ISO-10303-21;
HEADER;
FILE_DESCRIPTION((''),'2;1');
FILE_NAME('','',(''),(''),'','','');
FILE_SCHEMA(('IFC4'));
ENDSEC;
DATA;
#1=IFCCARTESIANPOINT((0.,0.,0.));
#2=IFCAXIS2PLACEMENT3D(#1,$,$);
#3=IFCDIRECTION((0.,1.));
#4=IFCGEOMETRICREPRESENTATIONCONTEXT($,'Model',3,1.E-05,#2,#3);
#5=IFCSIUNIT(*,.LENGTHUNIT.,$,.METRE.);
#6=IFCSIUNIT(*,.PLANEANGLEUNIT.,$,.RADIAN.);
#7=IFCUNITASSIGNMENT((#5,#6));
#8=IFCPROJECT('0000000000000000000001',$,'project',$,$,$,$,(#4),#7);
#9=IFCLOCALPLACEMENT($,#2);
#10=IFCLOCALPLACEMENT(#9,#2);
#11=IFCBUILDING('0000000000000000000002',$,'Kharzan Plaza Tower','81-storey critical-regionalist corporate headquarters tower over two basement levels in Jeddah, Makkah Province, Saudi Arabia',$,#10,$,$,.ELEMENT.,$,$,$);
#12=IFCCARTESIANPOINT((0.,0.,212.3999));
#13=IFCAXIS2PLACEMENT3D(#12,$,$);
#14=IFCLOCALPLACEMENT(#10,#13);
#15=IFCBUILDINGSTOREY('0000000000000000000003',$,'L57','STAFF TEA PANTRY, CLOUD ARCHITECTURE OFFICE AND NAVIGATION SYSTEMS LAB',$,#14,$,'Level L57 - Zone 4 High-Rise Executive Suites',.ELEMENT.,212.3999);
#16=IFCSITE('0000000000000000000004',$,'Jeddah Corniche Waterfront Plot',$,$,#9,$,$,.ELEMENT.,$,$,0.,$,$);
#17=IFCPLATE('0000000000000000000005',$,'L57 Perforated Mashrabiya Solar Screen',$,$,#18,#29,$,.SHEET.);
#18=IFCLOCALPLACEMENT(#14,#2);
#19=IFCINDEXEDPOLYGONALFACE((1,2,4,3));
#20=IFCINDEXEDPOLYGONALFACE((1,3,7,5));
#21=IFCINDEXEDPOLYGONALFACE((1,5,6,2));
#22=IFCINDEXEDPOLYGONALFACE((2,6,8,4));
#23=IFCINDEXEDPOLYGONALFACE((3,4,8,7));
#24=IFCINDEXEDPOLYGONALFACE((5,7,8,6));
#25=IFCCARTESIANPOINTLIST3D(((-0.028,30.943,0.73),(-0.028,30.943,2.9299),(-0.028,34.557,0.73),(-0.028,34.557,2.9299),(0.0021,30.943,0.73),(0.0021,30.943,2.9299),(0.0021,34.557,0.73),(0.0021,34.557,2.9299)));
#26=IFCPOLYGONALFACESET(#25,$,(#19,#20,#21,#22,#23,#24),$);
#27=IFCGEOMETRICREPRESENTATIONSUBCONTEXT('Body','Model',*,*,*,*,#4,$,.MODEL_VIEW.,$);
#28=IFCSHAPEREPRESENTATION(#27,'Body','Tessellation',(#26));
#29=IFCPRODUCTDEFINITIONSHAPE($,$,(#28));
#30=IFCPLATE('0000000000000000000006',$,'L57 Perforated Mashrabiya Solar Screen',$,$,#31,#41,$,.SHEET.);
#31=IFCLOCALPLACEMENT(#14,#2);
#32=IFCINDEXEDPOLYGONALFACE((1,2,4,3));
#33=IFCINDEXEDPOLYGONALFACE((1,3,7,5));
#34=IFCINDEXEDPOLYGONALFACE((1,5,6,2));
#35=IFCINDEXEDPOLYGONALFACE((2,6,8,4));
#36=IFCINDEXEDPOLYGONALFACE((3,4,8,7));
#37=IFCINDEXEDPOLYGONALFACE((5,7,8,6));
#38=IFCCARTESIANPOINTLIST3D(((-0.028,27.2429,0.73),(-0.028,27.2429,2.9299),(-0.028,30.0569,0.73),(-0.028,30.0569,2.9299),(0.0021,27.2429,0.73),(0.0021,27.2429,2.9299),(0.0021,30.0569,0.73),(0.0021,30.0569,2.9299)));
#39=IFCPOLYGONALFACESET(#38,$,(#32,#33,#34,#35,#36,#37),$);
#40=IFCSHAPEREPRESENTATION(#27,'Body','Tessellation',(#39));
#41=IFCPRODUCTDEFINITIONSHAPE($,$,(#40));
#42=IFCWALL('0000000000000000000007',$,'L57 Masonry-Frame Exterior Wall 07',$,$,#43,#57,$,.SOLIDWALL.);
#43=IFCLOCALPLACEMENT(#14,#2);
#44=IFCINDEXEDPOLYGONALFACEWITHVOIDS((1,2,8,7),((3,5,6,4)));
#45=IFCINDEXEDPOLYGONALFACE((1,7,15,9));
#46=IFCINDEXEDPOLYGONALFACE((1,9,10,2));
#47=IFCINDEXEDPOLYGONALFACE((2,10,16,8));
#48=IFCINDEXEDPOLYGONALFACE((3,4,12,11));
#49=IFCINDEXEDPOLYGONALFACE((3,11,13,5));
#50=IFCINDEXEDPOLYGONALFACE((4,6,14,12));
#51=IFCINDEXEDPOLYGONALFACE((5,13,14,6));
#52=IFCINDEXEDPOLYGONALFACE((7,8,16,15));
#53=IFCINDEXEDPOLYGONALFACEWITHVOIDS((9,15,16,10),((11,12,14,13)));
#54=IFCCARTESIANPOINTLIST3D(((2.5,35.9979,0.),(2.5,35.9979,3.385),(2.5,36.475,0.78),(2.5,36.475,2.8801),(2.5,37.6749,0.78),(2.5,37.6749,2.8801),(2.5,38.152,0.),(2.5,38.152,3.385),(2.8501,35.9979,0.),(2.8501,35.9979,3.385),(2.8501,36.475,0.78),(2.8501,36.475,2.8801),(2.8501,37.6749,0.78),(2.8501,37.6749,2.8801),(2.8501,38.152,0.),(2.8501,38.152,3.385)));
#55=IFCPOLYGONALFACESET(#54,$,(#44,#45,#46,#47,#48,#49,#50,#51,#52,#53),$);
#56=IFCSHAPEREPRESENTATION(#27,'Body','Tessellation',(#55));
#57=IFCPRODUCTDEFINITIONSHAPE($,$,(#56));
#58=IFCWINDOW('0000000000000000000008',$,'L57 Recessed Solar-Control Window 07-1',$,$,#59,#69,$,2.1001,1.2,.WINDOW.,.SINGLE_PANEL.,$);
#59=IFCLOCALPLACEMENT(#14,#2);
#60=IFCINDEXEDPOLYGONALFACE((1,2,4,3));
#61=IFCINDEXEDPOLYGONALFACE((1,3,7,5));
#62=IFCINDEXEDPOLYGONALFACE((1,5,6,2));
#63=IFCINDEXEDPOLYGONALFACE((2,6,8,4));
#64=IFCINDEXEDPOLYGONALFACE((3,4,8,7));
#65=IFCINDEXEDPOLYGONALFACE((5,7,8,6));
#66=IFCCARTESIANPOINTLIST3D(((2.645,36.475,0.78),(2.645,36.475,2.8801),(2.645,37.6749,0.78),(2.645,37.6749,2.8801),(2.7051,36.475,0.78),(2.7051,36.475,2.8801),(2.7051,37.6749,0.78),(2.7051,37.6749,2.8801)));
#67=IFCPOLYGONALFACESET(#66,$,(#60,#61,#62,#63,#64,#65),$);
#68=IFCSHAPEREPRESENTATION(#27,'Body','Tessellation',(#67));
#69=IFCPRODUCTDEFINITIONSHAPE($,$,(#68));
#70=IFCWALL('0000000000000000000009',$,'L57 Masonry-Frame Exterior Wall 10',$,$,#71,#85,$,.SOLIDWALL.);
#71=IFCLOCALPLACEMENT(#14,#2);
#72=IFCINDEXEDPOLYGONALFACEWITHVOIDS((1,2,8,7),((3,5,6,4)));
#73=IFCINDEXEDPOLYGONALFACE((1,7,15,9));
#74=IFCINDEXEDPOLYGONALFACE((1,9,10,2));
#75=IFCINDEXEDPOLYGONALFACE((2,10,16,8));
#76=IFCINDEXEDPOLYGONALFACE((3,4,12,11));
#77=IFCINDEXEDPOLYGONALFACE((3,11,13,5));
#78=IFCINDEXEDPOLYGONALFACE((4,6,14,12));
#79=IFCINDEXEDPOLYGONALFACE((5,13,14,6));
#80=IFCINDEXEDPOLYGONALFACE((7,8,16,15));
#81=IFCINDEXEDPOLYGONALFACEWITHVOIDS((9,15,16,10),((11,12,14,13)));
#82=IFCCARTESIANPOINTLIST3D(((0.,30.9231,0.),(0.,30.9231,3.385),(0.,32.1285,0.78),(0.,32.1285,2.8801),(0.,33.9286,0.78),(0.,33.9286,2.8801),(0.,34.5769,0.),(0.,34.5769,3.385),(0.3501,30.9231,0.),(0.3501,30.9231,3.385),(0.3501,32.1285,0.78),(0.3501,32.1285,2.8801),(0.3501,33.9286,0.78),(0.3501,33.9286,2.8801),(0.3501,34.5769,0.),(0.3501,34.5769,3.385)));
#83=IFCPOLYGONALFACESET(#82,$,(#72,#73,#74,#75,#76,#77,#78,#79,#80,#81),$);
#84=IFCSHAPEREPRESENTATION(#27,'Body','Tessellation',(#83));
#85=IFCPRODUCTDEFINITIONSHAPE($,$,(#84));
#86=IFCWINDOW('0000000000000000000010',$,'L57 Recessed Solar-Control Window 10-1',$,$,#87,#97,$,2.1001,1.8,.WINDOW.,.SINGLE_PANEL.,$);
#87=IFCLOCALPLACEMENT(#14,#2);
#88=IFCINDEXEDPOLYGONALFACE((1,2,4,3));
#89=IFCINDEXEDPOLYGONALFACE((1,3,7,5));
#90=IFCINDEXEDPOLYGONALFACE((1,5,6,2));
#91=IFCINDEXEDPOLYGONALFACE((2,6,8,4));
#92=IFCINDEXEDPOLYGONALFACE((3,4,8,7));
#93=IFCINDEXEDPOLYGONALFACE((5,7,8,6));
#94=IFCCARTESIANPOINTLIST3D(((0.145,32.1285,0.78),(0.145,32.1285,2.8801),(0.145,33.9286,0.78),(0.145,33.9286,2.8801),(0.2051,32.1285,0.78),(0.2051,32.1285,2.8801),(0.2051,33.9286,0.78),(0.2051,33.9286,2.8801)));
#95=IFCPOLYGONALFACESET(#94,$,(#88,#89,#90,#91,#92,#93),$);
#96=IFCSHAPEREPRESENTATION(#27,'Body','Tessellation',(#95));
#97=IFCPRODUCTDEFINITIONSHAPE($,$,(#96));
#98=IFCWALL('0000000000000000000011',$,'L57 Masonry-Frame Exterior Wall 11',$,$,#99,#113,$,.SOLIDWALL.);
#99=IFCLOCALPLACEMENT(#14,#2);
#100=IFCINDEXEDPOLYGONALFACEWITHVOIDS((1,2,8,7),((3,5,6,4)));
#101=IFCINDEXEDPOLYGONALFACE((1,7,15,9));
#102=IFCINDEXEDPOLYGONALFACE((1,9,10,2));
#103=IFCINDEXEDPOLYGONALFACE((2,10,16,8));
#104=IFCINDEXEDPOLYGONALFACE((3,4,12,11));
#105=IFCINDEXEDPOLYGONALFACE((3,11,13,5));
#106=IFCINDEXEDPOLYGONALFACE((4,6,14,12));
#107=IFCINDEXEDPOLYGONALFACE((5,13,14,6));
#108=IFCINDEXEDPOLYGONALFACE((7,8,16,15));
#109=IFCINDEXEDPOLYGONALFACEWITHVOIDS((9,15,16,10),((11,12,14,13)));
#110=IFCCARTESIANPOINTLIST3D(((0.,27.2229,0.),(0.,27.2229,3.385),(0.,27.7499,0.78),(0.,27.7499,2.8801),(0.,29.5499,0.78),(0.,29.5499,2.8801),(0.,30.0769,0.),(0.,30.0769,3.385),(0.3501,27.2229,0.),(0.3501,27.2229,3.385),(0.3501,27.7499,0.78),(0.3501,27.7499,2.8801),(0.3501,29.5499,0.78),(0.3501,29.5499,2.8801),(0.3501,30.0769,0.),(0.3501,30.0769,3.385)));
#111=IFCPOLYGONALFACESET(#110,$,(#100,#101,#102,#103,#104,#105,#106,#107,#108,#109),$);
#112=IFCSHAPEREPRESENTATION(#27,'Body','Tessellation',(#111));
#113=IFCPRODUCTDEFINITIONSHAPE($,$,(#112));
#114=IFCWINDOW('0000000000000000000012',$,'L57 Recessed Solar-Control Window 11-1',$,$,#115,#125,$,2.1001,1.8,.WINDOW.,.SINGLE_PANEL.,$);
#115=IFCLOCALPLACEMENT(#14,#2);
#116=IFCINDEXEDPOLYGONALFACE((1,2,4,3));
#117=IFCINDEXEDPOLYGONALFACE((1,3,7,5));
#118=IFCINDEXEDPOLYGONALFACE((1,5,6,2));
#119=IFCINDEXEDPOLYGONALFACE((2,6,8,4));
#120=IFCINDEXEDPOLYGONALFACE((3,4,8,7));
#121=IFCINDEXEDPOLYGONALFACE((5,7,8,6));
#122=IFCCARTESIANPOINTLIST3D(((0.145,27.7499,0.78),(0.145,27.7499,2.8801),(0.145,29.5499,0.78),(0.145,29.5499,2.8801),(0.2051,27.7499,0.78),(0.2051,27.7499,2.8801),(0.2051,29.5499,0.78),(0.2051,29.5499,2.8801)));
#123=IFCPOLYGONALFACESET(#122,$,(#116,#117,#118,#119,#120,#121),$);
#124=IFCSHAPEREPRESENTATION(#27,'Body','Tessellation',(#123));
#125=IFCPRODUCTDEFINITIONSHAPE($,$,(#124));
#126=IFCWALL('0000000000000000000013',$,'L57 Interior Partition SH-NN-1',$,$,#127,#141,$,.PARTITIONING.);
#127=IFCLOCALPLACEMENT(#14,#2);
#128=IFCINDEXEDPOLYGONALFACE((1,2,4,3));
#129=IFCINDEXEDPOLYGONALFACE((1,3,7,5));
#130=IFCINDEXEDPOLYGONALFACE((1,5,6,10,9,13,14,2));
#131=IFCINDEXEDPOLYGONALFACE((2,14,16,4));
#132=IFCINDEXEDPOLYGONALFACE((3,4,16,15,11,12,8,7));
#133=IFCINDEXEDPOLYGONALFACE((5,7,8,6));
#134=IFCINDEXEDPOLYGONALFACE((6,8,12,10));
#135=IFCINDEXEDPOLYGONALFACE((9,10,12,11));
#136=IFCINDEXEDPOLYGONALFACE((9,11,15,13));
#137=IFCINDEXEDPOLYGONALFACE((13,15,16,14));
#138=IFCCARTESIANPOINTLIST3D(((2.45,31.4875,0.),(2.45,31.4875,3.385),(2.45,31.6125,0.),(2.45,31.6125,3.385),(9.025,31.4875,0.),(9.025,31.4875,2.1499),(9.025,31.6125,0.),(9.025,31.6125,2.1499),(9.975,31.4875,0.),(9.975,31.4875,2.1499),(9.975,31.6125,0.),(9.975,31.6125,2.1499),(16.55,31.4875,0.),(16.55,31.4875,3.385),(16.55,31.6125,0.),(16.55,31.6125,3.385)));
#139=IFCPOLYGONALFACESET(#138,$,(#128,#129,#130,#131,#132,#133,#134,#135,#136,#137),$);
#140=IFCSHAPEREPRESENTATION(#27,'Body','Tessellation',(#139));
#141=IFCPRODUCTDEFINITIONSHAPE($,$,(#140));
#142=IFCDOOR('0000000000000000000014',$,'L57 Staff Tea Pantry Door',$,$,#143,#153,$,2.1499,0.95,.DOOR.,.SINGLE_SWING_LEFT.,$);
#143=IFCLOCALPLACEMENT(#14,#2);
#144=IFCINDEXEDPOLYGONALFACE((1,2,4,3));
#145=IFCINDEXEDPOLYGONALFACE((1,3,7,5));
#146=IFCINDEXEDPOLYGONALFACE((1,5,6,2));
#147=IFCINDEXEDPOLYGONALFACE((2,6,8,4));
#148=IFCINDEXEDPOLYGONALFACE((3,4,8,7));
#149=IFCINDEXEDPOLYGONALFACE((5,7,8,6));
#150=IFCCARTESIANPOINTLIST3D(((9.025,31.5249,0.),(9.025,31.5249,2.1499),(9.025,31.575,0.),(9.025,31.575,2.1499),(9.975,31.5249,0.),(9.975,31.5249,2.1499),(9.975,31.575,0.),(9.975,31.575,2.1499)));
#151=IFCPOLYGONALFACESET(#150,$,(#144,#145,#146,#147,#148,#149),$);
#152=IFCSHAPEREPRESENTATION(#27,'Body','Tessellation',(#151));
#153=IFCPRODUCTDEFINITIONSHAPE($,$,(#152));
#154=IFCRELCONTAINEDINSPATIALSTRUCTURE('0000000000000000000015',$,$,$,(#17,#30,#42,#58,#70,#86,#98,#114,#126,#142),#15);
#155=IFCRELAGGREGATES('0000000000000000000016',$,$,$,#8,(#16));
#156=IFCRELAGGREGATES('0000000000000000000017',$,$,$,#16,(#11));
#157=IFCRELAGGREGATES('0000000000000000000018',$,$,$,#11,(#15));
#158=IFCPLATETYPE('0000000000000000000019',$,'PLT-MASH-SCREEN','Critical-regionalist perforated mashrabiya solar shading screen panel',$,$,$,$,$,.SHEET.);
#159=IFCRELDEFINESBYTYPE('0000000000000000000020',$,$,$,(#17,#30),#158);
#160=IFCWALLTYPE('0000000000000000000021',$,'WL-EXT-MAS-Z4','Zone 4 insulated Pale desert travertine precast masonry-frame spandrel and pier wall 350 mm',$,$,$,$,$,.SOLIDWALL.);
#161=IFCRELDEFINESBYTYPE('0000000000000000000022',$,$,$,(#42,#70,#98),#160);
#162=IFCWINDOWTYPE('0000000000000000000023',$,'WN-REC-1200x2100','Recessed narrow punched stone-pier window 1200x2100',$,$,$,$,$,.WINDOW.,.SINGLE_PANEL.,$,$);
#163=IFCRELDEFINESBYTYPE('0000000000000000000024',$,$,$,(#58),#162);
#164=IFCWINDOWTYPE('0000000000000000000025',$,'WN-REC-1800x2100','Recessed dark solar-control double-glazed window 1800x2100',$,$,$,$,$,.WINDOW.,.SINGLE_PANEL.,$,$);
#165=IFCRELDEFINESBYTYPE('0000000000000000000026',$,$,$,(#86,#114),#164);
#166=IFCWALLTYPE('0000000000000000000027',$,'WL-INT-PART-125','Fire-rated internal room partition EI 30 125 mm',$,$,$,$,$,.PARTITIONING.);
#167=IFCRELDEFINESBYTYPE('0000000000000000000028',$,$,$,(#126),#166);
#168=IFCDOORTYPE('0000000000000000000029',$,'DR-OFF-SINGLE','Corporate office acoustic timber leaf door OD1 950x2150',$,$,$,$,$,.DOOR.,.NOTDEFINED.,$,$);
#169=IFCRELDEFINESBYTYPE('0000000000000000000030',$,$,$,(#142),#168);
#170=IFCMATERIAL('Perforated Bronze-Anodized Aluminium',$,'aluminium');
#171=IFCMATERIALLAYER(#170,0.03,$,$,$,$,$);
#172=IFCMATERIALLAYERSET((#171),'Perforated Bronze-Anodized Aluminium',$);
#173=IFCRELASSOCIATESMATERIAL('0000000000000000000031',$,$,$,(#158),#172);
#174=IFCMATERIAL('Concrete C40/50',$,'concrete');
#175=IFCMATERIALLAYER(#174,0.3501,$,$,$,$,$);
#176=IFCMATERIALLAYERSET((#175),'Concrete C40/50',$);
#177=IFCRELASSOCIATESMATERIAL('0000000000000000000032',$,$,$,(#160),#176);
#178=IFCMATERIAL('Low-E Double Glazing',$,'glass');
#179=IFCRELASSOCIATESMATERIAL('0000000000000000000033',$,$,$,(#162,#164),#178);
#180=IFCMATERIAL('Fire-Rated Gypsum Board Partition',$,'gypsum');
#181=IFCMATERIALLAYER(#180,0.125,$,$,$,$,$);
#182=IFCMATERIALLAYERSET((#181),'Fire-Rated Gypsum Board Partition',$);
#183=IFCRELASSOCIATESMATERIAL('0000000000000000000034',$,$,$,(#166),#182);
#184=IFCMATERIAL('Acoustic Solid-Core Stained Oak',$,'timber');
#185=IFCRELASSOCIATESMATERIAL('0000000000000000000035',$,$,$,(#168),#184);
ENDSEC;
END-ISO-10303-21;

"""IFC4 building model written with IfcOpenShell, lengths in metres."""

from ifc_helpers import new_model, si_unit, direction, frame, frame_2d, origin, origin_2d, place, context, subcontext, project, spatial, rectangle, extrude, source, transform, mapped, material, layer, layer_set, type_object, element, fill, save


model = new_model("IFC4")

# Units and contexts
model_context = context("Model", 3, precision=1e-05, world=origin(), true_north=direction((0.0, 1.0)))
body_context = subcontext(model_context, "Body", "Model", "MODEL_VIEW")
ifc_project = project(units=[si_unit("LENGTHUNIT", "METRE"), si_unit("PLANEANGLEUNIT", "RADIAN")], contexts=[model_context])

# Site, building, storey
site_placement = place(None, origin())
site = spatial("IfcSite", under=ifc_project, at=site_placement, Name="Jeddah Corniche Waterfront Plot", CompositionType="ELEMENT", RefElevation=0.0)
building_placement = place(site_placement, origin())
building = spatial("IfcBuilding", under=site, at=building_placement, Name="Kharzan Plaza Tower", Description="81-storey critical-regionalist corporate headquarters tower over two basement levels in Jeddah, Makkah Province, Saudi Arabia", CompositionType="ELEMENT")
storey_placement = place(building_placement, frame((0.0, 0.0, 212.3999)))
storey = spatial("IfcBuildingStorey", under=building, at=storey_placement, Name="L57", Description="STAFF TEA PANTRY, CLOUD ARCHITECTURE OFFICE AND NAVIGATION SYSTEMS LAB", LongName="Level L57 - Zone 4 High-Rise Executive Suites", CompositionType="ELEMENT", Elevation=212.3999)

# Plates
ifc_material_1 = material(Name="Perforated Bronze-Anodized Aluminium", Category="aluminium")
ifc_layer_1 = layer(ifc_material_1, 0.03)
ifc_layer_set_1 = layer_set([ifc_layer_1], Name="Perforated Bronze-Anodized Aluminium")
plate_type = type_object("IfcPlateType", Name="PLT-MASH-SCREEN", Description="Critical-regionalist perforated mashrabiya solar shading screen panel", PredefinedType="SHEET", material=ifc_layer_set_1)
shared_shape_1 = source(origin(), body_context, "Body", "SweptSolid", [
    extrude(rectangle(XDim=3.614, YDim=0.03, at=origin_2d()), origin(), (0.0, 0.0, 1.0), 2.2),
])
plate_1_placement = place(storey_placement, frame((-0.0129, 32.75, 0.73), z_axis=(0.0, 0.0, 1.0), x_axis=(0.0, -1.0, 0.0)))
element("IfcPlate", 1, at=plate_1_placement, inside=storey, type_object=plate_type, Name="L57 Perforated Mashrabiya Solar Screen", PredefinedType="SHEET", context=body_context, shape_type="MappedRepresentation", body=[
    mapped(shared_shape_1, transform((0.0, 0.0, 0.0), x_axis=(1.0, 0.0, 0.0), y_axis=(0.0, 1.0, 0.0), z_axis=(0.0, 0.0, 1.0))),
])
shared_shape_2 = source(origin(), body_context, "Body", "SweptSolid", [
    extrude(rectangle(XDim=2.814, YDim=0.03, at=origin_2d()), origin(), (0.0, 0.0, 1.0), 2.2),
])
plate_2_placement = place(storey_placement, frame((-0.0129, 28.6499, 0.73), z_axis=(0.0, 0.0, 1.0), x_axis=(0.0, -1.0, 0.0)))
element("IfcPlate", 2, at=plate_2_placement, inside=storey, type_object=plate_type, Name="L57 Perforated Mashrabiya Solar Screen", PredefinedType="SHEET", context=body_context, shape_type="MappedRepresentation", body=[
    mapped(shared_shape_2, transform((0.0, 0.0, 0.0), x_axis=(1.0, 0.0, 0.0), y_axis=(0.0, 1.0, 0.0), z_axis=(0.0, 0.0, 1.0))),
])

# Walls, openings, windows
ifc_material_2 = material(Name="Concrete C40/50", Category="concrete")
ifc_layer_2 = layer(ifc_material_2, 0.3501)
ifc_layer_set_2 = layer_set([ifc_layer_2], Name="Concrete C40/50")
wall_type_1 = type_object("IfcWallType", Name="WL-EXT-MAS-Z4", Description="Zone 4 insulated Pale desert travertine precast masonry-frame spandrel and pier wall 350 mm", PredefinedType="SOLIDWALL", material=ifc_layer_set_2)
wall_1_placement = place(storey_placement, frame((2.675, 38.1521, 0.0), z_axis=(0.0, 0.0, 1.0), x_axis=(0.0, -1.0, 0.0)))
wall_1 = element("IfcWall", 3, at=wall_1_placement, inside=storey, type_object=wall_type_1, Name="L57 Masonry-Frame Exterior Wall 07", PredefinedType="SOLIDWALL", context=body_context, shape_type="SweptSolid", body=[
    extrude(rectangle(XDim=2.1541, YDim=0.3501, at=frame_2d((1.0771, 0.0))), origin(), (0.0, 0.0, 1.0), 3.385),
])
opening_1_placement = place(wall_1_placement, frame((0.4771, 0.0, 0.78)))
opening_1 = element("IfcOpeningElement", 4, at=opening_1_placement, cuts=wall_1, PredefinedType="OPENING", context=body_context, shape_type="SweptSolid", body=[
    extrude(rectangle(XDim=1.2, YDim=2.1001, at=frame_2d((0.6001, 1.05))), frame((0.0, 0.1851, 0.0), z_axis=(0.0, -1.0, 0.0), x_axis=(1.0, 0.0, 0.0)), (0.0, 0.0, 1.0), 0.3701),
])
ifc_material_3 = material(Name="Low-E Double Glazing", Category="glass")
window_type_1 = type_object("IfcWindowType", Name="WN-REC-1200x2100", Description="Recessed narrow punched stone-pier window 1200x2100", PartitioningType="SINGLE_PANEL", PredefinedType="WINDOW", material=ifc_material_3)
shared_shape_3 = source(origin(), body_context, "Body", "SweptSolid", [
    extrude(rectangle(XDim=1.2, YDim=2.1001, at=frame_2d((0.6001, 1.05))), frame((0.0, 0.03, 0.0), z_axis=(0.0, -1.0, 0.0), x_axis=(1.0, 0.0, 0.0)), (0.0, 0.0, 1.0), 0.0601),
])
window_1_placement = place(opening_1_placement, origin())
window_1 = element("IfcWindow", 5, at=window_1_placement, inside=storey, type_object=window_type_1, Name="L57 Recessed Solar-Control Window 07-1", OverallHeight=2.1001, OverallWidth=1.2, PartitioningType="SINGLE_PANEL", PredefinedType="WINDOW", context=body_context, shape_type="MappedRepresentation", body=[
    mapped(shared_shape_3, transform((0.0, 0.0, 0.0), x_axis=(1.0, 0.0, 0.0), y_axis=(0.0, 1.0, 0.0), z_axis=(0.0, 0.0, 1.0))),
])
fill(opening_1, window_1)
wall_2_placement = place(storey_placement, frame((0.175, 34.5769, 0.0), z_axis=(0.0, 0.0, 1.0), x_axis=(0.0, -1.0, 0.0)))
wall_2 = element("IfcWall", 6, at=wall_2_placement, inside=storey, type_object=wall_type_1, Name="L57 Masonry-Frame Exterior Wall 10", PredefinedType="SOLIDWALL", context=body_context, shape_type="SweptSolid", body=[
    extrude(rectangle(XDim=3.6538, YDim=0.3501, at=frame_2d((1.8269, 0.0))), origin(), (0.0, 0.0, 1.0), 3.385),
])
opening_2_placement = place(wall_2_placement, frame((0.6484, 0.0, 0.78)))
opening_2 = element("IfcOpeningElement", 7, at=opening_2_placement, cuts=wall_2, PredefinedType="OPENING", context=body_context, shape_type="SweptSolid", body=[
    extrude(rectangle(XDim=1.8, YDim=2.1001, at=frame_2d((0.8999, 1.05))), frame((0.0, 0.1851, 0.0), z_axis=(0.0, -1.0, 0.0), x_axis=(1.0, 0.0, 0.0)), (0.0, 0.0, 1.0), 0.3701),
])
window_type_2 = type_object("IfcWindowType", Name="WN-REC-1800x2100", Description="Recessed dark solar-control double-glazed window 1800x2100", PartitioningType="SINGLE_PANEL", PredefinedType="WINDOW", material=ifc_material_3)
shared_shape_4 = source(origin(), body_context, "Body", "SweptSolid", [
    extrude(rectangle(XDim=1.8, YDim=2.1001, at=frame_2d((0.8999, 1.05))), frame((0.0, 0.03, 0.0), z_axis=(0.0, -1.0, 0.0), x_axis=(1.0, 0.0, 0.0)), (0.0, 0.0, 1.0), 0.0601),
])
window_2_placement = place(opening_2_placement, origin())
window_2 = element("IfcWindow", 8, at=window_2_placement, inside=storey, type_object=window_type_2, Name="L57 Recessed Solar-Control Window 10-1", OverallHeight=2.1001, OverallWidth=1.8, PartitioningType="SINGLE_PANEL", PredefinedType="WINDOW", context=body_context, shape_type="MappedRepresentation", body=[
    mapped(shared_shape_4, transform((0.0, 0.0, 0.0), x_axis=(1.0, 0.0, 0.0), y_axis=(0.0, 1.0, 0.0), z_axis=(0.0, 0.0, 1.0))),
])
fill(opening_2, window_2)
wall_3_placement = place(storey_placement, frame((0.175, 30.0769, 0.0), z_axis=(0.0, 0.0, 1.0), x_axis=(0.0, -1.0, 0.0)))
wall_3 = element("IfcWall", 9, at=wall_3_placement, inside=storey, type_object=wall_type_1, Name="L57 Masonry-Frame Exterior Wall 11", PredefinedType="SOLIDWALL", context=body_context, shape_type="SweptSolid", body=[
    extrude(rectangle(XDim=2.854, YDim=0.3501, at=frame_2d((1.427, 0.0))), origin(), (0.0, 0.0, 1.0), 3.385),
])
opening_3_placement = place(wall_3_placement, frame((0.5271, 0.0, 0.78)))
opening_3 = element("IfcOpeningElement", 10, at=opening_3_placement, cuts=wall_3, PredefinedType="OPENING", context=body_context, shape_type="SweptSolid", body=[
    extrude(rectangle(XDim=1.8, YDim=2.1001, at=frame_2d((0.8999, 1.05))), frame((0.0, 0.1851, 0.0), z_axis=(0.0, -1.0, 0.0), x_axis=(1.0, 0.0, 0.0)), (0.0, 0.0, 1.0), 0.3701),
])
window_3_placement = place(opening_3_placement, origin())
window_3 = element("IfcWindow", 11, at=window_3_placement, inside=storey, type_object=window_type_2, Name="L57 Recessed Solar-Control Window 11-1", OverallHeight=2.1001, OverallWidth=1.8, PartitioningType="SINGLE_PANEL", PredefinedType="WINDOW", context=body_context, shape_type="MappedRepresentation", body=[
    mapped(shared_shape_4, transform((0.0, 0.0, 0.0), x_axis=(1.0, 0.0, 0.0), y_axis=(0.0, 1.0, 0.0), z_axis=(0.0, 0.0, 1.0))),
])
fill(opening_3, window_3)

# Wall, opening, door
ifc_material_4 = material(Name="Fire-Rated Gypsum Board Partition", Category="gypsum")
ifc_layer_3 = layer(ifc_material_4, 0.125)
ifc_layer_set_3 = layer_set([ifc_layer_3], Name="Fire-Rated Gypsum Board Partition")
wall_type_2 = type_object("IfcWallType", Name="WL-INT-PART-125", Description="Fire-rated internal room partition EI 30 125 mm", PredefinedType="PARTITIONING", material=ifc_layer_set_3)
wall_4_placement = place(storey_placement, frame((2.45, 31.55, 0.0), z_axis=(0.0, 0.0, 1.0), x_axis=(1.0, 0.0, 0.0)))
wall_4 = element("IfcWall", 12, at=wall_4_placement, inside=storey, type_object=wall_type_2, Name="L57 Interior Partition SH-NN-1", PredefinedType="PARTITIONING", context=body_context, shape_type="SweptSolid", body=[
    extrude(rectangle(XDim=14.1001, YDim=0.125, at=frame_2d((7.05, 0.0))), origin(), (0.0, 0.0, 1.0), 3.385),
])
opening_4_placement = place(wall_4_placement, frame((6.575, 0.0, 0.0)))
opening_4 = element("IfcOpeningElement", 13, at=opening_4_placement, cuts=wall_4, PredefinedType="OPENING", context=body_context, shape_type="SweptSolid", body=[
    extrude(rectangle(XDim=0.95, YDim=2.1499, at=frame_2d((0.4751, 1.075))), frame((0.0, 0.0725, 0.0), z_axis=(0.0, -1.0, 0.0), x_axis=(1.0, 0.0, 0.0)), (0.0, 0.0, 1.0), 0.145),
])
ifc_material_5 = material(Name="Acoustic Solid-Core Stained Oak", Category="timber")
door_type = type_object("IfcDoorType", Name="DR-OFF-SINGLE", Description="Corporate office acoustic timber leaf door OD1 950x2150", OperationType="NOTDEFINED", PredefinedType="DOOR", material=ifc_material_5)
shared_shape_5 = source(origin(), body_context, "Body", "SweptSolid", [
    extrude(rectangle(XDim=0.95, YDim=2.1499, at=frame_2d((0.4751, 1.075))), frame((0.0, 0.0249, 0.0), z_axis=(0.0, -1.0, 0.0), x_axis=(1.0, 0.0, 0.0)), (0.0, 0.0, 1.0), 0.05),
])
door_placement = place(opening_4_placement, origin())
door = element("IfcDoor", 14, at=door_placement, inside=storey, type_object=door_type, Name="L57 Staff Tea Pantry Door", OperationType="SINGLE_SWING_LEFT", OverallHeight=2.1499, OverallWidth=0.95, PredefinedType="DOOR", context=body_context, shape_type="MappedRepresentation", body=[
    mapped(shared_shape_5, transform((0.0, 0.0, 0.0), x_axis=(1.0, 0.0, 0.0), y_axis=(0.0, 1.0, 0.0), z_axis=(0.0, 0.0, 1.0))),
])
fill(opening_4, door)

save(model, "model.ifc")
